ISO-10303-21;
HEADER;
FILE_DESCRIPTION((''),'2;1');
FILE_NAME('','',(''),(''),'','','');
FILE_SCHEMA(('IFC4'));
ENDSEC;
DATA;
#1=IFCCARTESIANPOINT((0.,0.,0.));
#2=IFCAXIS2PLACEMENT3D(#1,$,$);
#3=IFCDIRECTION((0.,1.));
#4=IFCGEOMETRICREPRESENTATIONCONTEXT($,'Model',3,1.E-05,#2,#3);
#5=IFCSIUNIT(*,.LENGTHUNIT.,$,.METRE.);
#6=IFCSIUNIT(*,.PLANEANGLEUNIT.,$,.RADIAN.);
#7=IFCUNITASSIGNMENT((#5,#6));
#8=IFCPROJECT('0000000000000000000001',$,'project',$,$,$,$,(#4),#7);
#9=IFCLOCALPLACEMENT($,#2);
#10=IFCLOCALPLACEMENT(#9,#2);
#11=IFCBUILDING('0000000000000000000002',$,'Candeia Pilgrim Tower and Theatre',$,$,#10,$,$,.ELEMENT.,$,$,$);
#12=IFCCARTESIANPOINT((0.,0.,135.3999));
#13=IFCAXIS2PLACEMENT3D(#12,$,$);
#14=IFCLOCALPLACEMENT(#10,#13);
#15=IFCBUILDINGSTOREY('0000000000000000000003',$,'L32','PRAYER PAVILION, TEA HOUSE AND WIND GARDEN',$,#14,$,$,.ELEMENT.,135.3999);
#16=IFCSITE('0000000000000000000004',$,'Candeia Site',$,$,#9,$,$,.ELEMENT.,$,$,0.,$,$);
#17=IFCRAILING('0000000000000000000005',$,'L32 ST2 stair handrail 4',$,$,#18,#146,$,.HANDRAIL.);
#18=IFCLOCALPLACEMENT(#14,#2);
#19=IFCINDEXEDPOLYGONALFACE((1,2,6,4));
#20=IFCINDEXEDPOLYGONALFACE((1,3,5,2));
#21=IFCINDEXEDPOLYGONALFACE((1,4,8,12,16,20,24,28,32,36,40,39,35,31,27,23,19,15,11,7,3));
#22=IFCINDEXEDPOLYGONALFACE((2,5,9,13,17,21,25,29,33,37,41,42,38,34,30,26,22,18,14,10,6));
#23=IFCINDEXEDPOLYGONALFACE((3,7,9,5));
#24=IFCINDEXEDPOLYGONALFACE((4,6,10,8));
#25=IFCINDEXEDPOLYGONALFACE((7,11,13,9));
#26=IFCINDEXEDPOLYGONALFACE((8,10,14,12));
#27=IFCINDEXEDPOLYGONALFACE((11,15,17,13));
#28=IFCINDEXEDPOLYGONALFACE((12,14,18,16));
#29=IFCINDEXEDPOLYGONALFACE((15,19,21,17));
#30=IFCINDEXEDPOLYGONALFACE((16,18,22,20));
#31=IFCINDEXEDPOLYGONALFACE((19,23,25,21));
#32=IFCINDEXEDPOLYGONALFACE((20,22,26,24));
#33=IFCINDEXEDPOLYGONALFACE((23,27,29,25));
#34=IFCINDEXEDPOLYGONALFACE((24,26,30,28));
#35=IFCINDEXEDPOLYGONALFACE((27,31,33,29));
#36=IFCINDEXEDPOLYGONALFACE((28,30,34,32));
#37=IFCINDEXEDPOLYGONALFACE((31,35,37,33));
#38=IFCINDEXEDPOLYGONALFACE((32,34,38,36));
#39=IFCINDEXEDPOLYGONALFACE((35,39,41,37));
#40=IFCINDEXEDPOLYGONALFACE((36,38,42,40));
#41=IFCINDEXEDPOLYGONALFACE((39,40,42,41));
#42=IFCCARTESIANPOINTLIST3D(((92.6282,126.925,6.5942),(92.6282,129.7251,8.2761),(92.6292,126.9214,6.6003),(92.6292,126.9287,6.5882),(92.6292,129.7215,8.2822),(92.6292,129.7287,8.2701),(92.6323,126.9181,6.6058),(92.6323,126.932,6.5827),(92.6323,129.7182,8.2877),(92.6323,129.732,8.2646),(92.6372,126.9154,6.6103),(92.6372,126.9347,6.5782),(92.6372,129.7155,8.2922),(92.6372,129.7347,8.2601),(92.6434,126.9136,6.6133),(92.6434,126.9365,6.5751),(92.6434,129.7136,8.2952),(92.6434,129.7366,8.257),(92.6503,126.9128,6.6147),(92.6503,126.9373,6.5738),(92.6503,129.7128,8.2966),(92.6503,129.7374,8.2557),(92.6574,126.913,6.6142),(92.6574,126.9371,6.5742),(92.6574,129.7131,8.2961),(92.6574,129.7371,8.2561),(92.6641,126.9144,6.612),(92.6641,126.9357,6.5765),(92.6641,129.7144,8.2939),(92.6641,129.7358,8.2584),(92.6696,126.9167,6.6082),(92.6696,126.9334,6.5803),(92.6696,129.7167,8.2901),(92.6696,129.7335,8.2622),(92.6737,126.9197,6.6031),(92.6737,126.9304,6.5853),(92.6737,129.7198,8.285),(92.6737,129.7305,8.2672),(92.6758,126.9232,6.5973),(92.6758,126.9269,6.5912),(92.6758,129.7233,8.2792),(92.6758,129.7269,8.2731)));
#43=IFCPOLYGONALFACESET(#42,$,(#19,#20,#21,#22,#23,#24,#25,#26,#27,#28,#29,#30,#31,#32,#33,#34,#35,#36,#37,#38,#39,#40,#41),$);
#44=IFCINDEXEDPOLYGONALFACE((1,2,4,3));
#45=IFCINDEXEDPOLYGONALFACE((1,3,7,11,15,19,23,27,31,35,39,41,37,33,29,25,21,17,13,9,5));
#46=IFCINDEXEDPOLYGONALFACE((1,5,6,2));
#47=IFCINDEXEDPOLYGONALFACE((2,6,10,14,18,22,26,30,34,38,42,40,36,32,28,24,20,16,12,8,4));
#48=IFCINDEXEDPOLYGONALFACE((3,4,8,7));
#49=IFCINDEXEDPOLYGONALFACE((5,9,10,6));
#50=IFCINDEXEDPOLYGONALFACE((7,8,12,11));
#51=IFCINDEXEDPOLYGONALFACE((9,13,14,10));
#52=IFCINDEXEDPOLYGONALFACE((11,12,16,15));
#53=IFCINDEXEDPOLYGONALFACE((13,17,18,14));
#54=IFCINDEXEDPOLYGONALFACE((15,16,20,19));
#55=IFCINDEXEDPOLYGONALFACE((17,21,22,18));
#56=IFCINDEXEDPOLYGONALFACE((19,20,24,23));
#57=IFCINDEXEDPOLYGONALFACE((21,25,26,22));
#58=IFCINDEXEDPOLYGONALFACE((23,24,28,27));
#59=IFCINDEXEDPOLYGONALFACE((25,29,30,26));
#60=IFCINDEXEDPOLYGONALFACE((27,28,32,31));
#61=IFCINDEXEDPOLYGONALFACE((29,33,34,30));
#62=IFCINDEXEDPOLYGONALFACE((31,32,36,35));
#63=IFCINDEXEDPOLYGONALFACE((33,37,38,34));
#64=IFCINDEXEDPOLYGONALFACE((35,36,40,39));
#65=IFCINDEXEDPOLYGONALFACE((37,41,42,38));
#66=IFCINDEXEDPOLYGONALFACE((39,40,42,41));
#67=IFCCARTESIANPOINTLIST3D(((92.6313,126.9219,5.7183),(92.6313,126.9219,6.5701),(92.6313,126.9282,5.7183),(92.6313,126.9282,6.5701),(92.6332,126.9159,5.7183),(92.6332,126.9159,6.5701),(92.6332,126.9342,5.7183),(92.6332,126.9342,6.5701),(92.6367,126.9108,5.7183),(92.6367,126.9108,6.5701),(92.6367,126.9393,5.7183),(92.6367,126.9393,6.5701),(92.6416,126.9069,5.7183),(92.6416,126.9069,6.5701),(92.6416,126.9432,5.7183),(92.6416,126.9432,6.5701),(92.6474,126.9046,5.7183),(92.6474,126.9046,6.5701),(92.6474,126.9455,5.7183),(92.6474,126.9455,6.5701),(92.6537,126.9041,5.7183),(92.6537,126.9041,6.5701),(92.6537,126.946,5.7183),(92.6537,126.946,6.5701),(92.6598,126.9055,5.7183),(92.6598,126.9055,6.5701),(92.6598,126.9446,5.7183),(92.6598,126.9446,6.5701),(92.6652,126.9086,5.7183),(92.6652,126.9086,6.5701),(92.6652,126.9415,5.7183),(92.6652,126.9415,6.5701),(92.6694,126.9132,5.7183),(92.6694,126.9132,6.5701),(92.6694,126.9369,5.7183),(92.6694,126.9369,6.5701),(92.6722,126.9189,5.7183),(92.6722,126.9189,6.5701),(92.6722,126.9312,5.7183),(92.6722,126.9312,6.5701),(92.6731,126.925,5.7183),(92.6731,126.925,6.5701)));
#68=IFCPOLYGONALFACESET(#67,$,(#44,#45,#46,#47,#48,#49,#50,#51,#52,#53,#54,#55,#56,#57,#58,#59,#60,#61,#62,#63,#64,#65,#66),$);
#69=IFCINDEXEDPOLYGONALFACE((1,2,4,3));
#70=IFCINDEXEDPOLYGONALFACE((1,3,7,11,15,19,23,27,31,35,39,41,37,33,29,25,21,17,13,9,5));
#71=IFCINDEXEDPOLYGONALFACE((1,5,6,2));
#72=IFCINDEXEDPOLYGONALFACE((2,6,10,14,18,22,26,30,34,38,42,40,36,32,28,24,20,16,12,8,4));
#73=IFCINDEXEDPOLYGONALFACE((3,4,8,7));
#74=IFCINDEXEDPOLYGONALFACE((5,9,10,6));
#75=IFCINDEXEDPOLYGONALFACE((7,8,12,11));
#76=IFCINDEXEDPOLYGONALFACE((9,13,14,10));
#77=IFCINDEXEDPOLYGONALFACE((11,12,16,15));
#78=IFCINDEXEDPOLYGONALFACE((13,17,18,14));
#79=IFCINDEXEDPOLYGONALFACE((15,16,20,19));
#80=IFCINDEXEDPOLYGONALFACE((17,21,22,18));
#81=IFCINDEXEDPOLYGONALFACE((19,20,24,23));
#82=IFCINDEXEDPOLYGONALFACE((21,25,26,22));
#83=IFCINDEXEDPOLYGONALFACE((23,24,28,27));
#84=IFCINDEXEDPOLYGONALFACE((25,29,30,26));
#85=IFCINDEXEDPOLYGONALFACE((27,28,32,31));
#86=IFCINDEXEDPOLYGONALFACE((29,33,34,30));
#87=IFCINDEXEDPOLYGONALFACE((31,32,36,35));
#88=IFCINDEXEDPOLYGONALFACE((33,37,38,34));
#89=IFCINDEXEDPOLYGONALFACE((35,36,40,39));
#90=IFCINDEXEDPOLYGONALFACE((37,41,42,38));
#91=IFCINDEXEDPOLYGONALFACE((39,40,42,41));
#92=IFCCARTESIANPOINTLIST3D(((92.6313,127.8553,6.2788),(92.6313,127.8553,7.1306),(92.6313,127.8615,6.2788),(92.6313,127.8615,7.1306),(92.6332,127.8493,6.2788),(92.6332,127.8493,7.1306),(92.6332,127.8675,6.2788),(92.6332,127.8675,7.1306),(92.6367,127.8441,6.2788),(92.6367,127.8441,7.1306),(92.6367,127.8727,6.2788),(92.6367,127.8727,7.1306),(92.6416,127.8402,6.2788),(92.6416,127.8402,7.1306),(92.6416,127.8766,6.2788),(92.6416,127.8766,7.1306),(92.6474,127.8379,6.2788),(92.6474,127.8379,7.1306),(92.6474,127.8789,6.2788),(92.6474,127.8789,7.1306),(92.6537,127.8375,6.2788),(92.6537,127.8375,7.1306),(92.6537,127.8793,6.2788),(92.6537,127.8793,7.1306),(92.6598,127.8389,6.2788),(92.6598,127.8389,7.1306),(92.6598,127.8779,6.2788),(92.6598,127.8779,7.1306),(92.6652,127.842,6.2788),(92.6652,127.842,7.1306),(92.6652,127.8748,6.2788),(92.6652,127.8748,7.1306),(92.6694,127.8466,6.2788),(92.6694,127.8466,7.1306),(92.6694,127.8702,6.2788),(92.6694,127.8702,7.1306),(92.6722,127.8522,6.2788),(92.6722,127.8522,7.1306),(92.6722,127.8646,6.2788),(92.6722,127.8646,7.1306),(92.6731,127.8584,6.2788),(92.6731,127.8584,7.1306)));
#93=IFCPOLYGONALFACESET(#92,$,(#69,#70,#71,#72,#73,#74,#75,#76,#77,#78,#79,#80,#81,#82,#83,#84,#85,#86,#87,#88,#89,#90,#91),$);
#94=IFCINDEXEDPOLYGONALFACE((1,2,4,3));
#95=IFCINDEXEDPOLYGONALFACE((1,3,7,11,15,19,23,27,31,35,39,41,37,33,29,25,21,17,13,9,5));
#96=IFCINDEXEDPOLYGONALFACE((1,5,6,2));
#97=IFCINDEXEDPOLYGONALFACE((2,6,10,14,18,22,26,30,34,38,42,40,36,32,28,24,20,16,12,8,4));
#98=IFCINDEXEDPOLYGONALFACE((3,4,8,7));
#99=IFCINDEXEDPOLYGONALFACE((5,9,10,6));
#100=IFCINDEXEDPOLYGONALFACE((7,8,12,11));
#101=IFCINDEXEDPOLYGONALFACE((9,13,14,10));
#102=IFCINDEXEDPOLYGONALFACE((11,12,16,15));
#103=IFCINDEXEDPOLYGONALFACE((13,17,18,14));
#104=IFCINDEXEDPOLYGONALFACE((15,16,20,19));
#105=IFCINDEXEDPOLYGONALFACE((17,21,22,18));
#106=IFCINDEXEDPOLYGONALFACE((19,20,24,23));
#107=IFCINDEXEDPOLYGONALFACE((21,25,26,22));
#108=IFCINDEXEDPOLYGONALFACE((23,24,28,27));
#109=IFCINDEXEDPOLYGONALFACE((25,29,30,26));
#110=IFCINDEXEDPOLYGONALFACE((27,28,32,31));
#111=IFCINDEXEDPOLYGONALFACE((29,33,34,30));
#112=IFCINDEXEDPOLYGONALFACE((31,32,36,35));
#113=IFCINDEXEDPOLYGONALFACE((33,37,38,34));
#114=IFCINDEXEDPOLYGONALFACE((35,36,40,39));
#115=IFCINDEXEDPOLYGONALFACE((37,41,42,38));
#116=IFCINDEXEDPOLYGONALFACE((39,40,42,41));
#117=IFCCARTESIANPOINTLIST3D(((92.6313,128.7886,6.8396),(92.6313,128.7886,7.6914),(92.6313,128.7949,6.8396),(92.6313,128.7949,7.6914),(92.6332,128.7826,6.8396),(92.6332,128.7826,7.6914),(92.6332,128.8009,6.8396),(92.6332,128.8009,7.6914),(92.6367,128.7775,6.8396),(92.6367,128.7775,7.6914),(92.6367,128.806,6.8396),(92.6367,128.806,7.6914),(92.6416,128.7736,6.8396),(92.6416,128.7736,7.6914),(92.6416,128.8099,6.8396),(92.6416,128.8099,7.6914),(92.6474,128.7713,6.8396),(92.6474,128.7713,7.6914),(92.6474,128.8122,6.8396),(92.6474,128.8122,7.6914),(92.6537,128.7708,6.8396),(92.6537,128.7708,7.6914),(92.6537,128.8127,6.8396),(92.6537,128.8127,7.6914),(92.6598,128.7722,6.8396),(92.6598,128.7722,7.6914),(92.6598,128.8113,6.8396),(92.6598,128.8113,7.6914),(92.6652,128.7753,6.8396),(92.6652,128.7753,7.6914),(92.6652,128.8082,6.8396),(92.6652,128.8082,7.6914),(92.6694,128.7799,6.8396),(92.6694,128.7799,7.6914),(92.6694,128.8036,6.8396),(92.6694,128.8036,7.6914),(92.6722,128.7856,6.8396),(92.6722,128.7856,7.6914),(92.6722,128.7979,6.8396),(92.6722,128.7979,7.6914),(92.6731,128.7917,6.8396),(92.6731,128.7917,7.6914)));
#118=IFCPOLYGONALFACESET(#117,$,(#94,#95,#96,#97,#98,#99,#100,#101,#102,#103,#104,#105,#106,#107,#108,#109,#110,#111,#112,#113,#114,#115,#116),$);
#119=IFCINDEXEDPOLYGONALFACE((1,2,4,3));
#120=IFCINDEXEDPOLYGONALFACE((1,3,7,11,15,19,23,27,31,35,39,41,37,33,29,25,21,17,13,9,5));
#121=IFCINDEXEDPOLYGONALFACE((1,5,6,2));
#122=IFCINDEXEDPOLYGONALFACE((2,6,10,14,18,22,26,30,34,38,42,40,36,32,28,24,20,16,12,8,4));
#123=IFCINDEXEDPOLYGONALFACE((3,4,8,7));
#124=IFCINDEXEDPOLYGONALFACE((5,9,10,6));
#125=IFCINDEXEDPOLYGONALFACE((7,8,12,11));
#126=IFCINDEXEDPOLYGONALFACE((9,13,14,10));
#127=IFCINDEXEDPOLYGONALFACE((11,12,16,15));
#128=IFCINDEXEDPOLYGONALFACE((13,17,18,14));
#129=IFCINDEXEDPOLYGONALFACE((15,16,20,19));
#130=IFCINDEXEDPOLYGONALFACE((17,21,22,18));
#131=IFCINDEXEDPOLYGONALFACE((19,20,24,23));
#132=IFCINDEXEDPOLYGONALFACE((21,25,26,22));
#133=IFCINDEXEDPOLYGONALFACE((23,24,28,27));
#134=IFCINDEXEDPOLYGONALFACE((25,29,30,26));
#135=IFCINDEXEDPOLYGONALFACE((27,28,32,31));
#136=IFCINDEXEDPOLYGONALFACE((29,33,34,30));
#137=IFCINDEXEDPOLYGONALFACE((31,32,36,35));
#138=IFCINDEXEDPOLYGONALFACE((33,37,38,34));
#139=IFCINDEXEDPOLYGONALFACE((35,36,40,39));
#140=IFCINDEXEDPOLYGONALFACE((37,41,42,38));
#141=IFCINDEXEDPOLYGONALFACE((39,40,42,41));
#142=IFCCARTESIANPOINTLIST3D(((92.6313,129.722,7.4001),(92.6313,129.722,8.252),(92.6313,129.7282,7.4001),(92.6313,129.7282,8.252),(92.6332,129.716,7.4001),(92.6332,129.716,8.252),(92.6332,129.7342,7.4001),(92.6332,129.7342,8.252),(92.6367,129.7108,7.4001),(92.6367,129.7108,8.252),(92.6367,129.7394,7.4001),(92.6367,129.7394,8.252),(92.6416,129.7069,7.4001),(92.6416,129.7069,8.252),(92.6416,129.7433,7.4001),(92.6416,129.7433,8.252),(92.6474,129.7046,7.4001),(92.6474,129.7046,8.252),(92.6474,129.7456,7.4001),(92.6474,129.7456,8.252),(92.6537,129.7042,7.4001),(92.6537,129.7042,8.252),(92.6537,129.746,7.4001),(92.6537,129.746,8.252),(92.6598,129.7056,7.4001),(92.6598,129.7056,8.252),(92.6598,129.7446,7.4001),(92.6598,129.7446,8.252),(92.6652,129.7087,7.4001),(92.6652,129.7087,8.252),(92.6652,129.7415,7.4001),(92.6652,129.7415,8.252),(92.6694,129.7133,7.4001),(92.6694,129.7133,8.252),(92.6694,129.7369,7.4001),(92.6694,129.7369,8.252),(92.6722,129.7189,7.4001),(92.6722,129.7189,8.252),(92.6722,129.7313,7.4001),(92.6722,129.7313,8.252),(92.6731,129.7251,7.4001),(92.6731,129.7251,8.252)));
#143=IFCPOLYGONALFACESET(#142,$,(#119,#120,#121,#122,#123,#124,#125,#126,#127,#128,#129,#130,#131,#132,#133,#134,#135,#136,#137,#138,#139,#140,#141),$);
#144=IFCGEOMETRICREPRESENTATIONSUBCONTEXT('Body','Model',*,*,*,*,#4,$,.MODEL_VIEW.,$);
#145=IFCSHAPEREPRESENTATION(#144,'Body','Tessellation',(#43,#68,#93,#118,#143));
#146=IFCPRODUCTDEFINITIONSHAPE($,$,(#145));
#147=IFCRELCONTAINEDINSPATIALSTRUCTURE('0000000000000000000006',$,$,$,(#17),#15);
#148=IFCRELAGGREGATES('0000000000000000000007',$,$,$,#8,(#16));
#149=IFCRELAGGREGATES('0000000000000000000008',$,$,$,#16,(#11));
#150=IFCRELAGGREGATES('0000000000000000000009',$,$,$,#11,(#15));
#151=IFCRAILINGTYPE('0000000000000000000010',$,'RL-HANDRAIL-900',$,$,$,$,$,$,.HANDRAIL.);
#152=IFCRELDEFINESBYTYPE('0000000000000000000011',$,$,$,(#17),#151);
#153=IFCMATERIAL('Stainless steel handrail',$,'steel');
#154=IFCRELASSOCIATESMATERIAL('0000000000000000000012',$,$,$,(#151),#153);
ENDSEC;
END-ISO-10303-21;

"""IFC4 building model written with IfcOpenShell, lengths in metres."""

from ifc_helpers import new_model, si_unit, direction, frame, origin, origin_2d, place, context, subcontext, project, spatial, circle, extrude, material, type_object, element, save


model = new_model("IFC4")

# Units and contexts
model_context = context("Model", 3, precision=1e-05, world=origin(), true_north=direction((0.0, 1.0)))
body_context = subcontext(model_context, "Body", "Model", "MODEL_VIEW")
ifc_project = project(units=[si_unit("LENGTHUNIT", "METRE"), si_unit("PLANEANGLEUNIT", "RADIAN")], contexts=[model_context])

# Site, building, storey
site_placement = place(None, origin())
site = spatial("IfcSite", under=ifc_project, at=site_placement, Name="Candeia Site", CompositionType="ELEMENT", RefElevation=0.0)
building_placement = place(site_placement, origin())
building = spatial("IfcBuilding", under=site, at=building_placement, Name="Candeia Pilgrim Tower and Theatre", CompositionType="ELEMENT")
storey_placement = place(building_placement, frame((0.0, 0.0, 135.3999)))
storey = spatial("IfcBuildingStorey", under=building, at=storey_placement, Name="L32", Description="PRAYER PAVILION, TEA HOUSE AND WIND GARDEN", CompositionType="ELEMENT", Elevation=135.3999)

# Railing
ifc_material_1 = material(Name="Stainless steel handrail", Category="steel")
railing_type_1 = type_object("IfcRailingType", Name="RL-HANDRAIL-900", PredefinedType="HANDRAIL", material=ifc_material_1)
railing_1_placement = place(storey_placement, frame((92.6521, 126.925, 5.7183)))
element("IfcRailing", 1, at=railing_1_placement, inside=storey, type_object=railing_type_1, Name="L32 ST2 stair handrail 4", PredefinedType="HANDRAIL", context=body_context, shape_type="SweptSolid", body=[
    extrude(circle(Radius=0.0239, at=origin_2d()), frame((0.0, 0.0, 0.876), z_axis=(0.0, 0.857242, 0.514913), x_axis=(-1.0, 0.0, 0.0)), (0.0, 0.0, 1.0), 3.2664),
    extrude(circle(Radius=0.021, at=origin_2d()), origin(), (0.0, 0.0, 1.0), 0.8518),
    extrude(circle(Radius=0.021, at=origin_2d()), frame((0.0, 0.9333, 0.5605)), (0.0, 0.0, 1.0), 0.8518),
    extrude(circle(Radius=0.021, at=origin_2d()), frame((0.0, 1.8667, 1.1213)), (0.0, 0.0, 1.0), 0.8518),
    extrude(circle(Radius=0.021, at=origin_2d()), frame((0.0, 2.8, 1.6819)), (0.0, 0.0, 1.0), 0.8518),
])

save(model, "model.ifc")
